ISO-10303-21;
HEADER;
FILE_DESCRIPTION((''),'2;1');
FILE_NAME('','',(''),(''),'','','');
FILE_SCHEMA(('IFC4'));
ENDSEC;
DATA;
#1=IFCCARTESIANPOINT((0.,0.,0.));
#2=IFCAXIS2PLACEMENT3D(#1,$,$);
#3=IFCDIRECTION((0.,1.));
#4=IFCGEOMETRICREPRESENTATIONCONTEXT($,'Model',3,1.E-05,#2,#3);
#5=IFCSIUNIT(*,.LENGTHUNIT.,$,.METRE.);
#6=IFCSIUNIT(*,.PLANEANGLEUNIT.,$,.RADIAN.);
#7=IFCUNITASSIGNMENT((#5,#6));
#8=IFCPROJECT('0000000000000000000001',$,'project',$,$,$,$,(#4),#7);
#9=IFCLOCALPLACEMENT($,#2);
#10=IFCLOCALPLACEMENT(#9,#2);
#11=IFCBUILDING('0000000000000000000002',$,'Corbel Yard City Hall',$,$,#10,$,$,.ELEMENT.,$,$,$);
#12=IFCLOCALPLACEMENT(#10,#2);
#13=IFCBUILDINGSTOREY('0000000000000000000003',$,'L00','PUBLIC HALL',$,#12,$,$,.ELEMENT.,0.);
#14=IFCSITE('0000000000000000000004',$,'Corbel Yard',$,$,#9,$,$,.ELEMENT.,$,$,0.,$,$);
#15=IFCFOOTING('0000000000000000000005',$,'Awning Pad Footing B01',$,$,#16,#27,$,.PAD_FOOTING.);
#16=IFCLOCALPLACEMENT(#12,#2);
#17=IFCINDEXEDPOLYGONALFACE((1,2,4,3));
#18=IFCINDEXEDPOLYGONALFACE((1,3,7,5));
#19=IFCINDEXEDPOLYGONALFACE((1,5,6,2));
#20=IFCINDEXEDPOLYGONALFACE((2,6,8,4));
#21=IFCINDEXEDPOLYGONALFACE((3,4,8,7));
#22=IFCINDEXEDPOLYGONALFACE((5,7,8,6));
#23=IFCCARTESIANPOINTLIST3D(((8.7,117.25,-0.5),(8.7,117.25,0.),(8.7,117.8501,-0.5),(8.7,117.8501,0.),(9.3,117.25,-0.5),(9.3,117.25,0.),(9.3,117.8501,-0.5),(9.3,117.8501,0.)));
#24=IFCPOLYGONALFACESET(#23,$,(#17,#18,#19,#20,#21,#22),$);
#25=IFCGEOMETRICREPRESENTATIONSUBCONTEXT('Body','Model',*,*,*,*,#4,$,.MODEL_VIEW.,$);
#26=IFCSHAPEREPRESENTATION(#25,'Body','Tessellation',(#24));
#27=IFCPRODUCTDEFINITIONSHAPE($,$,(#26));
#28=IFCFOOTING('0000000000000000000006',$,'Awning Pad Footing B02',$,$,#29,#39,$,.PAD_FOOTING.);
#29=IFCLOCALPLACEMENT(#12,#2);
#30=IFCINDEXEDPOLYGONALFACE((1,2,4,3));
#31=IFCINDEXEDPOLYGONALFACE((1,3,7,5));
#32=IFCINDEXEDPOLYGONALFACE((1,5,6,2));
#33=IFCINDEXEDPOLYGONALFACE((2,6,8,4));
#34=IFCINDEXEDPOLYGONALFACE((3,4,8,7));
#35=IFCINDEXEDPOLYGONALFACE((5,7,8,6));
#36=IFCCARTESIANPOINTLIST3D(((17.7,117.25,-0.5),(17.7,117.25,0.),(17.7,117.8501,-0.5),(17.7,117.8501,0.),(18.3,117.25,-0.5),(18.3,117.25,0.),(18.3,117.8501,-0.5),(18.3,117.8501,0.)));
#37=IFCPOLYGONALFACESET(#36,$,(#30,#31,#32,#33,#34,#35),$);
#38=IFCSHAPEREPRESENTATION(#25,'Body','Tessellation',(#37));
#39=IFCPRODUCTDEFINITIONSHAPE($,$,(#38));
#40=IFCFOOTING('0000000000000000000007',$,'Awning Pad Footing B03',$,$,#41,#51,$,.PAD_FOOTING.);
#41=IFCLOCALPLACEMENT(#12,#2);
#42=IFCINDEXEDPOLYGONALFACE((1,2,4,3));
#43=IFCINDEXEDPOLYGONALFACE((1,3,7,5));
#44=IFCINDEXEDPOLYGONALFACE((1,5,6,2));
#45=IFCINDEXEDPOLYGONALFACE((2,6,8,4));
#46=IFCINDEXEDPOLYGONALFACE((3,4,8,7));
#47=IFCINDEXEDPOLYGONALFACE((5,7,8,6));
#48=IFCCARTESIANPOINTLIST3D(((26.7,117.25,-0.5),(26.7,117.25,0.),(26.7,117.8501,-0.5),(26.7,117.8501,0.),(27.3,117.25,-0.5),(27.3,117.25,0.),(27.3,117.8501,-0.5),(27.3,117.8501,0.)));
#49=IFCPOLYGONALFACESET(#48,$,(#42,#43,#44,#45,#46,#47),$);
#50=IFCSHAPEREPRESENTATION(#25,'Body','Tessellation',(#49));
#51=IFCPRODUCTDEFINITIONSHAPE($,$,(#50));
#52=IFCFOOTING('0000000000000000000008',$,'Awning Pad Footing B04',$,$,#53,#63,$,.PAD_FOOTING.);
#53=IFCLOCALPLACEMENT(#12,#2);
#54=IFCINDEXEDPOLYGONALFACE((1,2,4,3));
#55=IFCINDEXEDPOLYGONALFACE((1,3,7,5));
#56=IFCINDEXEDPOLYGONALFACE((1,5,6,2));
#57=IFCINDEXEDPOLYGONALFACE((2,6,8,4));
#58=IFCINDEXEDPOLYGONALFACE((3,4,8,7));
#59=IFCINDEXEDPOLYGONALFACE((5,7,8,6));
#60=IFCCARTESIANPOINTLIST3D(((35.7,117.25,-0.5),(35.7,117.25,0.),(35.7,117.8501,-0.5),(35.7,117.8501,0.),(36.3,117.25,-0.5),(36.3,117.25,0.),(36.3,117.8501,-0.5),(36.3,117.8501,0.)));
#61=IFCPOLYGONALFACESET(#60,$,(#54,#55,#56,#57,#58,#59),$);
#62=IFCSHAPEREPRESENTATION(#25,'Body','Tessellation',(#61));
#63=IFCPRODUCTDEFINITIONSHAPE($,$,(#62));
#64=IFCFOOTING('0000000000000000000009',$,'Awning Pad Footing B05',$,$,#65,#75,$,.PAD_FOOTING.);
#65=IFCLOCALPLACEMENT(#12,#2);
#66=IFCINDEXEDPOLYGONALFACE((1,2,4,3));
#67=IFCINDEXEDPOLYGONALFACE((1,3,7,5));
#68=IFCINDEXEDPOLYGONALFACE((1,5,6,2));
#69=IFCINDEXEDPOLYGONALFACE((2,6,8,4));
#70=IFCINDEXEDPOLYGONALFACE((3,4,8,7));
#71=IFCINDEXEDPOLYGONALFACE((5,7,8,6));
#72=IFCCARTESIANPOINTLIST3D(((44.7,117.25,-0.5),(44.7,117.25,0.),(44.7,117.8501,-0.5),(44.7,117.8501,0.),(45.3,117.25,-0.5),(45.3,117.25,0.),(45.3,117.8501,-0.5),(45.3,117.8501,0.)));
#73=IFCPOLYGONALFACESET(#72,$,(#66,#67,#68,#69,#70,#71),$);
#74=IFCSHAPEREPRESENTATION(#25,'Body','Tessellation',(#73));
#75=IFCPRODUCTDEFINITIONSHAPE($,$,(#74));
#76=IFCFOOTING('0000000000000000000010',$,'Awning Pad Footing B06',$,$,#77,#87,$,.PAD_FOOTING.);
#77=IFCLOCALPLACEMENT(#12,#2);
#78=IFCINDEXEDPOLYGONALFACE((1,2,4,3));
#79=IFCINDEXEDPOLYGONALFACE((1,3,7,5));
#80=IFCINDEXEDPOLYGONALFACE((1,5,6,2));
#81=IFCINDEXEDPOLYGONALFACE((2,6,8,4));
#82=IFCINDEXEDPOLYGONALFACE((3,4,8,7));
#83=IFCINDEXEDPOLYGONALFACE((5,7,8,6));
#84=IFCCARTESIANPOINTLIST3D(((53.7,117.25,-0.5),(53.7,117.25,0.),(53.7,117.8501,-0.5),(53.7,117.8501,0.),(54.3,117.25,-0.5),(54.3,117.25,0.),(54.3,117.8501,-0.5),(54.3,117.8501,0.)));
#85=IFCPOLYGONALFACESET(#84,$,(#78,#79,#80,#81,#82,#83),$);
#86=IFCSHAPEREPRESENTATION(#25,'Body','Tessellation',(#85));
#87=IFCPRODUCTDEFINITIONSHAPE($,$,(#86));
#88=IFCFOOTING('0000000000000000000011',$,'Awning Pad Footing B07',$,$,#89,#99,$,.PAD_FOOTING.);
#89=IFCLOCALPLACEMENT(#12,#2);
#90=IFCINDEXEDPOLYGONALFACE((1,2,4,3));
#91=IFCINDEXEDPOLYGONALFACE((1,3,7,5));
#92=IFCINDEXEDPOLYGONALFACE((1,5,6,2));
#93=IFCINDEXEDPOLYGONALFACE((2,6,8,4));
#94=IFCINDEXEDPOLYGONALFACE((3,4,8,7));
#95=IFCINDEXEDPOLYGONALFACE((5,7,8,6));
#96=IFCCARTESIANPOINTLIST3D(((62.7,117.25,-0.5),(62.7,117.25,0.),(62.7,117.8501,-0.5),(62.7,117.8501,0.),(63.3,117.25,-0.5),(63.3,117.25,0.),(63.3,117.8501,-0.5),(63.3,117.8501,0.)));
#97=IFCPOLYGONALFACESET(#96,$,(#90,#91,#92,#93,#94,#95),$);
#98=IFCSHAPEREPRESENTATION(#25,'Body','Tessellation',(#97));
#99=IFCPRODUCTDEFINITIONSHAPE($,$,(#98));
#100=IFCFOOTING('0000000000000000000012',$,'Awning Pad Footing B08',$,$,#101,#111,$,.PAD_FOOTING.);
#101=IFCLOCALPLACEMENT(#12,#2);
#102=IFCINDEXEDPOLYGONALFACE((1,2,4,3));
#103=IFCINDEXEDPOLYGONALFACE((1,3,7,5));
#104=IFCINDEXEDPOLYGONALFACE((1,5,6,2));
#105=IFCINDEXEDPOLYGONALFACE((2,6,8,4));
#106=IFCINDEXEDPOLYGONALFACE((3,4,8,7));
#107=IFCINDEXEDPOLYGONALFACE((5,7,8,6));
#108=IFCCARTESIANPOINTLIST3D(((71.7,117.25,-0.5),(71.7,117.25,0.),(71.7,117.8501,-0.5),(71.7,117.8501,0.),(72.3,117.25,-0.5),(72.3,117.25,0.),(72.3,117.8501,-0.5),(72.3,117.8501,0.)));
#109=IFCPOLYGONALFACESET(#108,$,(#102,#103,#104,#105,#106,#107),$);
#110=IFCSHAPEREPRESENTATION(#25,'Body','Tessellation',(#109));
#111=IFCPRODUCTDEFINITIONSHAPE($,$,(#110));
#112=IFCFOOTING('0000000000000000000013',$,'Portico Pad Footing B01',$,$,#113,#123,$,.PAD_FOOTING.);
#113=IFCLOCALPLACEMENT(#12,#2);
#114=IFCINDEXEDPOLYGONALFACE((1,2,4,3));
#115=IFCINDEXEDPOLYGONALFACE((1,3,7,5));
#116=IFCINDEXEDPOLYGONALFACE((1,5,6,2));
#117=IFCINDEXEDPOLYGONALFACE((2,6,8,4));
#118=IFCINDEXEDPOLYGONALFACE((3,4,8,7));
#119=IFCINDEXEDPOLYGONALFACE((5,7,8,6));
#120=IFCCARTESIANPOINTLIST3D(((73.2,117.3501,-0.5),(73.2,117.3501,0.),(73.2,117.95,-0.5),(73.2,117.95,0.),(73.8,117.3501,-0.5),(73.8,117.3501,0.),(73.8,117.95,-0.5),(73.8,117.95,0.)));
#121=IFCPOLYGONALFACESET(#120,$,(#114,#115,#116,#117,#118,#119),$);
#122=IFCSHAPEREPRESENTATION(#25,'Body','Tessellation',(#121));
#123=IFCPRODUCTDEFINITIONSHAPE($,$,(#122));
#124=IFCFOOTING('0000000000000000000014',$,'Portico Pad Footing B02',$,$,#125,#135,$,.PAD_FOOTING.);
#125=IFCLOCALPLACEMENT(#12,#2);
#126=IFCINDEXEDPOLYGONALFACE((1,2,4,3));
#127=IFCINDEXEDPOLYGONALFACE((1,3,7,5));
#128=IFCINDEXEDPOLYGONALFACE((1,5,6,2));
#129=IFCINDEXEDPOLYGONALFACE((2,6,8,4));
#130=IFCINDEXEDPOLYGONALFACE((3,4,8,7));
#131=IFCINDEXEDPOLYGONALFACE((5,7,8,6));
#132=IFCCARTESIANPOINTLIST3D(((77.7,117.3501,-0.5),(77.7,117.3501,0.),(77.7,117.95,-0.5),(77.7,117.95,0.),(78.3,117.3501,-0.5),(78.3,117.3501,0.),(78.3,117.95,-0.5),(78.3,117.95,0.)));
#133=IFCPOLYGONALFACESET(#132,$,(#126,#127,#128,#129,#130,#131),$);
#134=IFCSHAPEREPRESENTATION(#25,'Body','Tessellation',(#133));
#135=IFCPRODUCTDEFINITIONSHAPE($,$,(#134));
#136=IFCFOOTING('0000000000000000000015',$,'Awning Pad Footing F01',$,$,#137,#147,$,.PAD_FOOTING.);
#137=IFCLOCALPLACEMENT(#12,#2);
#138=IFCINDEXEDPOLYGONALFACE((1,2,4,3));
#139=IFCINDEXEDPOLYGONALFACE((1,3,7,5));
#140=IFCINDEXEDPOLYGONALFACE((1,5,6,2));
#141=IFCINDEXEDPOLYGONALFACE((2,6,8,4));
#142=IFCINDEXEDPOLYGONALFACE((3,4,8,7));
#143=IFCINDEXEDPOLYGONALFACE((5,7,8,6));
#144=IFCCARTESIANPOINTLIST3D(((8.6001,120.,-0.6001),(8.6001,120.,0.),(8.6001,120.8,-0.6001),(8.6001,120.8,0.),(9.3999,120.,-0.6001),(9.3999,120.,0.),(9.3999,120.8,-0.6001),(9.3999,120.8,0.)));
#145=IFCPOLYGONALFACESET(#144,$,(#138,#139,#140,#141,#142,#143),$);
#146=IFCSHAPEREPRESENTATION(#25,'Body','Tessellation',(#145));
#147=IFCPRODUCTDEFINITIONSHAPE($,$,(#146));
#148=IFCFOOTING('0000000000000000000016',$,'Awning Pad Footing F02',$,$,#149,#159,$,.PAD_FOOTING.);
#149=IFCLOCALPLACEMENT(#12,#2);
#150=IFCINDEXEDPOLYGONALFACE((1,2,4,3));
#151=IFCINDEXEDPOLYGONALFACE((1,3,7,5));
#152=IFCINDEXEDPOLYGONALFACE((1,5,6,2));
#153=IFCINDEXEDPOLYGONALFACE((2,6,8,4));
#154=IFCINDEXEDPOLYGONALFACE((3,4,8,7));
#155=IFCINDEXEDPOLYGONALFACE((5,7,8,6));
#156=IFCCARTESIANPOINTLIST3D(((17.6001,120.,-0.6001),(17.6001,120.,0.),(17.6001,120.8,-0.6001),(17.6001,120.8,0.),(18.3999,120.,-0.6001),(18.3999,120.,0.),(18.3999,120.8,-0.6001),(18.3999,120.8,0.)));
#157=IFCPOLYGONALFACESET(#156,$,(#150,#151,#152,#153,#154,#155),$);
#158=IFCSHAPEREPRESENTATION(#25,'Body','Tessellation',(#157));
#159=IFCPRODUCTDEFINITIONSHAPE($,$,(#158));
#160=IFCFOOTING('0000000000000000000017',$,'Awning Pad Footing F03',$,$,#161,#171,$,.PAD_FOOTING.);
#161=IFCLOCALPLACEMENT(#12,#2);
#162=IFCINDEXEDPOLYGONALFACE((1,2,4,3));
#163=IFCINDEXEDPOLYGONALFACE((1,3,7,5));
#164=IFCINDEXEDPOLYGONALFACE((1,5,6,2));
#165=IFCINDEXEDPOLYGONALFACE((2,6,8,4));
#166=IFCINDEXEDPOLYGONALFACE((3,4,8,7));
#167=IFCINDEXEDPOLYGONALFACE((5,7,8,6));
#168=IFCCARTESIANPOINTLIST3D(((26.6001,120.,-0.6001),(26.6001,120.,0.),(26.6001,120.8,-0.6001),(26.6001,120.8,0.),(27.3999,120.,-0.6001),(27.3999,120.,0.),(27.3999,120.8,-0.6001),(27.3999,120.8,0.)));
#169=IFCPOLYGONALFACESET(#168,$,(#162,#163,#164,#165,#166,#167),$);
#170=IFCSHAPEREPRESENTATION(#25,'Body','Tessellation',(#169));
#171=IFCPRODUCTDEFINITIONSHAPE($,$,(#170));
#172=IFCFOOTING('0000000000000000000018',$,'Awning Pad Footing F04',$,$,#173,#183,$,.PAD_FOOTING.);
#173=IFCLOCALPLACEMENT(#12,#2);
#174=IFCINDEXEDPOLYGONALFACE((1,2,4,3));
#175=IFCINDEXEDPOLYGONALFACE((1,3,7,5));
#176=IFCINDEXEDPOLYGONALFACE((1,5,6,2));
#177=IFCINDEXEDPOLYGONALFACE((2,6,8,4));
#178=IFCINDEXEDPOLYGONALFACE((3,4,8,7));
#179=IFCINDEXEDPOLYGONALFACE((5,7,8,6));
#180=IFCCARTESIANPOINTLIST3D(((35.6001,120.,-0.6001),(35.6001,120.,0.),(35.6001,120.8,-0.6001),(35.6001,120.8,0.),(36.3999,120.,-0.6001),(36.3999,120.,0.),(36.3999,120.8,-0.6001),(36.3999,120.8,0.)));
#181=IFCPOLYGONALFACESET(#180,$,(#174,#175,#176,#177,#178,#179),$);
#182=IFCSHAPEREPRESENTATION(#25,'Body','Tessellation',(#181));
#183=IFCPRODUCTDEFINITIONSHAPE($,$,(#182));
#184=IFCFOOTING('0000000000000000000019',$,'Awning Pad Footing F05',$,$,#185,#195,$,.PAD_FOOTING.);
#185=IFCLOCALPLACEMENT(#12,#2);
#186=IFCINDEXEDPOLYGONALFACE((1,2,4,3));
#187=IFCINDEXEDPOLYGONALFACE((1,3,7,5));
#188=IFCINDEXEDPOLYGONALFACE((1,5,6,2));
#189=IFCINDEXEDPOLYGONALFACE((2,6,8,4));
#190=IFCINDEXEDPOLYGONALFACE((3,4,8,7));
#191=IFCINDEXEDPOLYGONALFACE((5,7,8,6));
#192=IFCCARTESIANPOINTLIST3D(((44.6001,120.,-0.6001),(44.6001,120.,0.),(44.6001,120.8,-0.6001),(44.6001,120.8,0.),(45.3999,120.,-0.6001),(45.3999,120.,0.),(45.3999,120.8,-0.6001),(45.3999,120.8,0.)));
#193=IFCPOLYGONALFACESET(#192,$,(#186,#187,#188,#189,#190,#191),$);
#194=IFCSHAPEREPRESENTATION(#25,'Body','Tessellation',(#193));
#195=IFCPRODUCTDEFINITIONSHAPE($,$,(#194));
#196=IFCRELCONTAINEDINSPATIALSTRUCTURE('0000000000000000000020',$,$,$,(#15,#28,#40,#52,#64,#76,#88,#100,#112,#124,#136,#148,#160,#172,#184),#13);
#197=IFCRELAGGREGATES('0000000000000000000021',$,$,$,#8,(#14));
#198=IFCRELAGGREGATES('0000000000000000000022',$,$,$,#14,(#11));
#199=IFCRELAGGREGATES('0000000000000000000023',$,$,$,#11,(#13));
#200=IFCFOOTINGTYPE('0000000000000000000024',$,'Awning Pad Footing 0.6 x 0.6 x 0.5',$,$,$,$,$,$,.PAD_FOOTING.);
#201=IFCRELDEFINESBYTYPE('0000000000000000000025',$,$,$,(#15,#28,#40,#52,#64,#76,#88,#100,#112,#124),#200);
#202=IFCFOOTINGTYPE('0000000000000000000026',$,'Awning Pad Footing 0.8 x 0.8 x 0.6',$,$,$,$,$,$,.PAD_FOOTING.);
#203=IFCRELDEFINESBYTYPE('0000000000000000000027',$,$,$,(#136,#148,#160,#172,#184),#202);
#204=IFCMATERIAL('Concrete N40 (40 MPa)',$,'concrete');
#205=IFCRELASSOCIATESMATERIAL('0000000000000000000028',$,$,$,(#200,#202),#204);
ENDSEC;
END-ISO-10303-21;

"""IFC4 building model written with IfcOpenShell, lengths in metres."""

from ifc_helpers import new_model, si_unit, direction, frame, origin, place, context, subcontext, project, spatial, polyline, outline, extrude, material, type_object, element, save


model = new_model("IFC4")

# Units and contexts
model_context = context("Model", 3, precision=1e-05, world=origin(), true_north=direction((0.0, 1.0)))
body_context = subcontext(model_context, "Body", "Model", "MODEL_VIEW")
ifc_project = project(units=[si_unit("LENGTHUNIT", "METRE"), si_unit("PLANEANGLEUNIT", "RADIAN")], contexts=[model_context])

# Site, building, storey
site_placement = place(None, origin())
site = spatial("IfcSite", under=ifc_project, at=site_placement, Name="Corbel Yard", CompositionType="ELEMENT", RefElevation=0.0)
building_placement = place(site_placement, origin())
building = spatial("IfcBuilding", under=site, at=building_placement, Name="Corbel Yard City Hall", CompositionType="ELEMENT")
storey_placement = place(building_placement, origin())
storey = spatial("IfcBuildingStorey", under=building, at=storey_placement, Name="L00", Description="PUBLIC HALL", CompositionType="ELEMENT", Elevation=0.0)

# Footings
ifc_material = material(Name="Concrete N40 (40 MPa)", Category="concrete")
footing_type_1 = type_object("IfcFootingType", Name="Awning Pad Footing 0.6 x 0.6 x 0.5", PredefinedType="PAD_FOOTING", material=ifc_material)
footing_1_placement = place(storey_placement, frame((0.0, 0.0, -0.5)))
element("IfcFooting", 1, at=footing_1_placement, inside=storey, type_object=footing_type_1, Name="Awning Pad Footing B01", PredefinedType="PAD_FOOTING", context=body_context, shape_type="SweptSolid", body=[
    extrude(outline(polyline([(8.7, 117.25), (9.3, 117.25), (9.3, 117.8501), (8.7, 117.8501), (8.7, 117.25)])), origin(), (0.0, 0.0, 1.0), 0.5),
])
footing_2_placement = place(storey_placement, frame((0.0, 0.0, -0.5)))
element("IfcFooting", 2, at=footing_2_placement, inside=storey, type_object=footing_type_1, Name="Awning Pad Footing B02", PredefinedType="PAD_FOOTING", context=body_context, shape_type="SweptSolid", body=[
    extrude(outline(polyline([(17.7, 117.25), (18.3, 117.25), (18.3, 117.8501), (17.7, 117.8501), (17.7, 117.25)])), origin(), (0.0, 0.0, 1.0), 0.5),
])
footing_3_placement = place(storey_placement, frame((0.0, 0.0, -0.5)))
element("IfcFooting", 3, at=footing_3_placement, inside=storey, type_object=footing_type_1, Name="Awning Pad Footing B03", PredefinedType="PAD_FOOTING", context=body_context, shape_type="SweptSolid", body=[
    extrude(outline(polyline([(26.7, 117.25), (27.3, 117.25), (27.3, 117.8501), (26.7, 117.8501), (26.7, 117.25)])), origin(), (0.0, 0.0, 1.0), 0.5),
])
footing_4_placement = place(storey_placement, frame((0.0, 0.0, -0.5)))
element("IfcFooting", 4, at=footing_4_placement, inside=storey, type_object=footing_type_1, Name="Awning Pad Footing B04", PredefinedType="PAD_FOOTING", context=body_context, shape_type="SweptSolid", body=[
    extrude(outline(polyline([(35.7, 117.25), (36.3, 117.25), (36.3, 117.8501), (35.7, 117.8501), (35.7, 117.25)])), origin(), (0.0, 0.0, 1.0), 0.5),
])
footing_5_placement = place(storey_placement, frame((0.0, 0.0, -0.5)))
element("IfcFooting", 5, at=footing_5_placement, inside=storey, type_object=footing_type_1, Name="Awning Pad Footing B05", PredefinedType="PAD_FOOTING", context=body_context, shape_type="SweptSolid", body=[
    extrude(outline(polyline([(44.7, 117.25), (45.3, 117.25), (45.3, 117.8501), (44.7, 117.8501), (44.7, 117.25)])), origin(), (0.0, 0.0, 1.0), 0.5),
])
footing_6_placement = place(storey_placement, frame((0.0, 0.0, -0.5)))
element("IfcFooting", 6, at=footing_6_placement, inside=storey, type_object=footing_type_1, Name="Awning Pad Footing B06", PredefinedType="PAD_FOOTING", context=body_context, shape_type="SweptSolid", body=[
    extrude(outline(polyline([(53.7, 117.25), (54.3, 117.25), (54.3, 117.8501), (53.7, 117.8501), (53.7, 117.25)])), origin(), (0.0, 0.0, 1.0), 0.5),
])
footing_7_placement = place(storey_placement, frame((0.0, 0.0, -0.5)))
element("IfcFooting", 7, at=footing_7_placement, inside=storey, type_object=footing_type_1, Name="Awning Pad Footing B07", PredefinedType="PAD_FOOTING", context=body_context, shape_type="SweptSolid", body=[
    extrude(outline(polyline([(62.7, 117.25), (63.3, 117.25), (63.3, 117.8501), (62.7, 117.8501), (62.7, 117.25)])), origin(), (0.0, 0.0, 1.0), 0.5),
])
footing_8_placement = place(storey_placement, frame((0.0, 0.0, -0.5)))
element("IfcFooting", 8, at=footing_8_placement, inside=storey, type_object=footing_type_1, Name="Awning Pad Footing B08", PredefinedType="PAD_FOOTING", context=body_context, shape_type="SweptSolid", body=[
    extrude(outline(polyline([(71.7, 117.25), (72.3, 117.25), (72.3, 117.8501), (71.7, 117.8501), (71.7, 117.25)])), origin(), (0.0, 0.0, 1.0), 0.5),
])
footing_9_placement = place(storey_placement, frame((0.0, 0.0, -0.5)))
element("IfcFooting", 9, at=footing_9_placement, inside=storey, type_object=footing_type_1, Name="Portico Pad Footing B01", PredefinedType="PAD_FOOTING", context=body_context, shape_type="SweptSolid", body=[
    extrude(outline(polyline([(73.2, 117.3501), (73.8, 117.3501), (73.8, 117.95), (73.2, 117.95), (73.2, 117.3501)])), origin(), (0.0, 0.0, 1.0), 0.5),
])
footing_10_placement = place(storey_placement, frame((0.0, 0.0, -0.5)))
element("IfcFooting", 10, at=footing_10_placement, inside=storey, type_object=footing_type_1, Name="Portico Pad Footing B02", PredefinedType="PAD_FOOTING", context=body_context, shape_type="SweptSolid", body=[
    extrude(outline(polyline([(77.7, 117.3501), (78.3, 117.3501), (78.3, 117.95), (77.7, 117.95), (77.7, 117.3501)])), origin(), (0.0, 0.0, 1.0), 0.5),
])
footing_type_2 = type_object("IfcFootingType", Name="Awning Pad Footing 0.8 x 0.8 x 0.6", PredefinedType="PAD_FOOTING", material=ifc_material)
footing_11_placement = place(storey_placement, frame((0.0, 0.0, -0.6001)))
element("IfcFooting", 11, at=footing_11_placement, inside=storey, type_object=footing_type_2, Name="Awning Pad Footing F01", PredefinedType="PAD_FOOTING", context=body_context, shape_type="SweptSolid", body=[
    extrude(outline(polyline([(8.6001, 120.0), (9.3999, 120.0), (9.3999, 120.8), (8.6001, 120.8), (8.6001, 120.0)])), origin(), (0.0, 0.0, 1.0), 0.6001),
])
footing_12_placement = place(storey_placement, frame((0.0, 0.0, -0.6001)))
element("IfcFooting", 12, at=footing_12_placement, inside=storey, type_object=footing_type_2, Name="Awning Pad Footing F02", PredefinedType="PAD_FOOTING", context=body_context, shape_type="SweptSolid", body=[
    extrude(outline(polyline([(17.6001, 120.0), (18.3999, 120.0), (18.3999, 120.8), (17.6001, 120.8), (17.6001, 120.0)])), origin(), (0.0, 0.0, 1.0), 0.6001),
])
footing_13_placement = place(storey_placement, frame((0.0, 0.0, -0.6001)))
element("IfcFooting", 13, at=footing_13_placement, inside=storey, type_object=footing_type_2, Name="Awning Pad Footing F03", PredefinedType="PAD_FOOTING", context=body_context, shape_type="SweptSolid", body=[
    extrude(outline(polyline([(26.6001, 120.0), (27.3999, 120.0), (27.3999, 120.8), (26.6001, 120.8), (26.6001, 120.0)])), origin(), (0.0, 0.0, 1.0), 0.6001),
])
footing_14_placement = place(storey_placement, frame((0.0, 0.0, -0.6001)))
element("IfcFooting", 14, at=footing_14_placement, inside=storey, type_object=footing_type_2, Name="Awning Pad Footing F04", PredefinedType="PAD_FOOTING", context=body_context, shape_type="SweptSolid", body=[
    extrude(outline(polyline([(35.6001, 120.0), (36.3999, 120.0), (36.3999, 120.8), (35.6001, 120.8), (35.6001, 120.0)])), origin(), (0.0, 0.0, 1.0), 0.6001),
])
footing_15_placement = place(storey_placement, frame((0.0, 0.0, -0.6001)))
element("IfcFooting", 15, at=footing_15_placement, inside=storey, type_object=footing_type_2, Name="Awning Pad Footing F05", PredefinedType="PAD_FOOTING", context=body_context, shape_type="SweptSolid", body=[
    extrude(outline(polyline([(44.6001, 120.0), (45.3999, 120.0), (45.3999, 120.8), (44.6001, 120.8), (44.6001, 120.0)])), origin(), (0.0, 0.0, 1.0), 0.6001),
])

save(model, "model.ifc")
